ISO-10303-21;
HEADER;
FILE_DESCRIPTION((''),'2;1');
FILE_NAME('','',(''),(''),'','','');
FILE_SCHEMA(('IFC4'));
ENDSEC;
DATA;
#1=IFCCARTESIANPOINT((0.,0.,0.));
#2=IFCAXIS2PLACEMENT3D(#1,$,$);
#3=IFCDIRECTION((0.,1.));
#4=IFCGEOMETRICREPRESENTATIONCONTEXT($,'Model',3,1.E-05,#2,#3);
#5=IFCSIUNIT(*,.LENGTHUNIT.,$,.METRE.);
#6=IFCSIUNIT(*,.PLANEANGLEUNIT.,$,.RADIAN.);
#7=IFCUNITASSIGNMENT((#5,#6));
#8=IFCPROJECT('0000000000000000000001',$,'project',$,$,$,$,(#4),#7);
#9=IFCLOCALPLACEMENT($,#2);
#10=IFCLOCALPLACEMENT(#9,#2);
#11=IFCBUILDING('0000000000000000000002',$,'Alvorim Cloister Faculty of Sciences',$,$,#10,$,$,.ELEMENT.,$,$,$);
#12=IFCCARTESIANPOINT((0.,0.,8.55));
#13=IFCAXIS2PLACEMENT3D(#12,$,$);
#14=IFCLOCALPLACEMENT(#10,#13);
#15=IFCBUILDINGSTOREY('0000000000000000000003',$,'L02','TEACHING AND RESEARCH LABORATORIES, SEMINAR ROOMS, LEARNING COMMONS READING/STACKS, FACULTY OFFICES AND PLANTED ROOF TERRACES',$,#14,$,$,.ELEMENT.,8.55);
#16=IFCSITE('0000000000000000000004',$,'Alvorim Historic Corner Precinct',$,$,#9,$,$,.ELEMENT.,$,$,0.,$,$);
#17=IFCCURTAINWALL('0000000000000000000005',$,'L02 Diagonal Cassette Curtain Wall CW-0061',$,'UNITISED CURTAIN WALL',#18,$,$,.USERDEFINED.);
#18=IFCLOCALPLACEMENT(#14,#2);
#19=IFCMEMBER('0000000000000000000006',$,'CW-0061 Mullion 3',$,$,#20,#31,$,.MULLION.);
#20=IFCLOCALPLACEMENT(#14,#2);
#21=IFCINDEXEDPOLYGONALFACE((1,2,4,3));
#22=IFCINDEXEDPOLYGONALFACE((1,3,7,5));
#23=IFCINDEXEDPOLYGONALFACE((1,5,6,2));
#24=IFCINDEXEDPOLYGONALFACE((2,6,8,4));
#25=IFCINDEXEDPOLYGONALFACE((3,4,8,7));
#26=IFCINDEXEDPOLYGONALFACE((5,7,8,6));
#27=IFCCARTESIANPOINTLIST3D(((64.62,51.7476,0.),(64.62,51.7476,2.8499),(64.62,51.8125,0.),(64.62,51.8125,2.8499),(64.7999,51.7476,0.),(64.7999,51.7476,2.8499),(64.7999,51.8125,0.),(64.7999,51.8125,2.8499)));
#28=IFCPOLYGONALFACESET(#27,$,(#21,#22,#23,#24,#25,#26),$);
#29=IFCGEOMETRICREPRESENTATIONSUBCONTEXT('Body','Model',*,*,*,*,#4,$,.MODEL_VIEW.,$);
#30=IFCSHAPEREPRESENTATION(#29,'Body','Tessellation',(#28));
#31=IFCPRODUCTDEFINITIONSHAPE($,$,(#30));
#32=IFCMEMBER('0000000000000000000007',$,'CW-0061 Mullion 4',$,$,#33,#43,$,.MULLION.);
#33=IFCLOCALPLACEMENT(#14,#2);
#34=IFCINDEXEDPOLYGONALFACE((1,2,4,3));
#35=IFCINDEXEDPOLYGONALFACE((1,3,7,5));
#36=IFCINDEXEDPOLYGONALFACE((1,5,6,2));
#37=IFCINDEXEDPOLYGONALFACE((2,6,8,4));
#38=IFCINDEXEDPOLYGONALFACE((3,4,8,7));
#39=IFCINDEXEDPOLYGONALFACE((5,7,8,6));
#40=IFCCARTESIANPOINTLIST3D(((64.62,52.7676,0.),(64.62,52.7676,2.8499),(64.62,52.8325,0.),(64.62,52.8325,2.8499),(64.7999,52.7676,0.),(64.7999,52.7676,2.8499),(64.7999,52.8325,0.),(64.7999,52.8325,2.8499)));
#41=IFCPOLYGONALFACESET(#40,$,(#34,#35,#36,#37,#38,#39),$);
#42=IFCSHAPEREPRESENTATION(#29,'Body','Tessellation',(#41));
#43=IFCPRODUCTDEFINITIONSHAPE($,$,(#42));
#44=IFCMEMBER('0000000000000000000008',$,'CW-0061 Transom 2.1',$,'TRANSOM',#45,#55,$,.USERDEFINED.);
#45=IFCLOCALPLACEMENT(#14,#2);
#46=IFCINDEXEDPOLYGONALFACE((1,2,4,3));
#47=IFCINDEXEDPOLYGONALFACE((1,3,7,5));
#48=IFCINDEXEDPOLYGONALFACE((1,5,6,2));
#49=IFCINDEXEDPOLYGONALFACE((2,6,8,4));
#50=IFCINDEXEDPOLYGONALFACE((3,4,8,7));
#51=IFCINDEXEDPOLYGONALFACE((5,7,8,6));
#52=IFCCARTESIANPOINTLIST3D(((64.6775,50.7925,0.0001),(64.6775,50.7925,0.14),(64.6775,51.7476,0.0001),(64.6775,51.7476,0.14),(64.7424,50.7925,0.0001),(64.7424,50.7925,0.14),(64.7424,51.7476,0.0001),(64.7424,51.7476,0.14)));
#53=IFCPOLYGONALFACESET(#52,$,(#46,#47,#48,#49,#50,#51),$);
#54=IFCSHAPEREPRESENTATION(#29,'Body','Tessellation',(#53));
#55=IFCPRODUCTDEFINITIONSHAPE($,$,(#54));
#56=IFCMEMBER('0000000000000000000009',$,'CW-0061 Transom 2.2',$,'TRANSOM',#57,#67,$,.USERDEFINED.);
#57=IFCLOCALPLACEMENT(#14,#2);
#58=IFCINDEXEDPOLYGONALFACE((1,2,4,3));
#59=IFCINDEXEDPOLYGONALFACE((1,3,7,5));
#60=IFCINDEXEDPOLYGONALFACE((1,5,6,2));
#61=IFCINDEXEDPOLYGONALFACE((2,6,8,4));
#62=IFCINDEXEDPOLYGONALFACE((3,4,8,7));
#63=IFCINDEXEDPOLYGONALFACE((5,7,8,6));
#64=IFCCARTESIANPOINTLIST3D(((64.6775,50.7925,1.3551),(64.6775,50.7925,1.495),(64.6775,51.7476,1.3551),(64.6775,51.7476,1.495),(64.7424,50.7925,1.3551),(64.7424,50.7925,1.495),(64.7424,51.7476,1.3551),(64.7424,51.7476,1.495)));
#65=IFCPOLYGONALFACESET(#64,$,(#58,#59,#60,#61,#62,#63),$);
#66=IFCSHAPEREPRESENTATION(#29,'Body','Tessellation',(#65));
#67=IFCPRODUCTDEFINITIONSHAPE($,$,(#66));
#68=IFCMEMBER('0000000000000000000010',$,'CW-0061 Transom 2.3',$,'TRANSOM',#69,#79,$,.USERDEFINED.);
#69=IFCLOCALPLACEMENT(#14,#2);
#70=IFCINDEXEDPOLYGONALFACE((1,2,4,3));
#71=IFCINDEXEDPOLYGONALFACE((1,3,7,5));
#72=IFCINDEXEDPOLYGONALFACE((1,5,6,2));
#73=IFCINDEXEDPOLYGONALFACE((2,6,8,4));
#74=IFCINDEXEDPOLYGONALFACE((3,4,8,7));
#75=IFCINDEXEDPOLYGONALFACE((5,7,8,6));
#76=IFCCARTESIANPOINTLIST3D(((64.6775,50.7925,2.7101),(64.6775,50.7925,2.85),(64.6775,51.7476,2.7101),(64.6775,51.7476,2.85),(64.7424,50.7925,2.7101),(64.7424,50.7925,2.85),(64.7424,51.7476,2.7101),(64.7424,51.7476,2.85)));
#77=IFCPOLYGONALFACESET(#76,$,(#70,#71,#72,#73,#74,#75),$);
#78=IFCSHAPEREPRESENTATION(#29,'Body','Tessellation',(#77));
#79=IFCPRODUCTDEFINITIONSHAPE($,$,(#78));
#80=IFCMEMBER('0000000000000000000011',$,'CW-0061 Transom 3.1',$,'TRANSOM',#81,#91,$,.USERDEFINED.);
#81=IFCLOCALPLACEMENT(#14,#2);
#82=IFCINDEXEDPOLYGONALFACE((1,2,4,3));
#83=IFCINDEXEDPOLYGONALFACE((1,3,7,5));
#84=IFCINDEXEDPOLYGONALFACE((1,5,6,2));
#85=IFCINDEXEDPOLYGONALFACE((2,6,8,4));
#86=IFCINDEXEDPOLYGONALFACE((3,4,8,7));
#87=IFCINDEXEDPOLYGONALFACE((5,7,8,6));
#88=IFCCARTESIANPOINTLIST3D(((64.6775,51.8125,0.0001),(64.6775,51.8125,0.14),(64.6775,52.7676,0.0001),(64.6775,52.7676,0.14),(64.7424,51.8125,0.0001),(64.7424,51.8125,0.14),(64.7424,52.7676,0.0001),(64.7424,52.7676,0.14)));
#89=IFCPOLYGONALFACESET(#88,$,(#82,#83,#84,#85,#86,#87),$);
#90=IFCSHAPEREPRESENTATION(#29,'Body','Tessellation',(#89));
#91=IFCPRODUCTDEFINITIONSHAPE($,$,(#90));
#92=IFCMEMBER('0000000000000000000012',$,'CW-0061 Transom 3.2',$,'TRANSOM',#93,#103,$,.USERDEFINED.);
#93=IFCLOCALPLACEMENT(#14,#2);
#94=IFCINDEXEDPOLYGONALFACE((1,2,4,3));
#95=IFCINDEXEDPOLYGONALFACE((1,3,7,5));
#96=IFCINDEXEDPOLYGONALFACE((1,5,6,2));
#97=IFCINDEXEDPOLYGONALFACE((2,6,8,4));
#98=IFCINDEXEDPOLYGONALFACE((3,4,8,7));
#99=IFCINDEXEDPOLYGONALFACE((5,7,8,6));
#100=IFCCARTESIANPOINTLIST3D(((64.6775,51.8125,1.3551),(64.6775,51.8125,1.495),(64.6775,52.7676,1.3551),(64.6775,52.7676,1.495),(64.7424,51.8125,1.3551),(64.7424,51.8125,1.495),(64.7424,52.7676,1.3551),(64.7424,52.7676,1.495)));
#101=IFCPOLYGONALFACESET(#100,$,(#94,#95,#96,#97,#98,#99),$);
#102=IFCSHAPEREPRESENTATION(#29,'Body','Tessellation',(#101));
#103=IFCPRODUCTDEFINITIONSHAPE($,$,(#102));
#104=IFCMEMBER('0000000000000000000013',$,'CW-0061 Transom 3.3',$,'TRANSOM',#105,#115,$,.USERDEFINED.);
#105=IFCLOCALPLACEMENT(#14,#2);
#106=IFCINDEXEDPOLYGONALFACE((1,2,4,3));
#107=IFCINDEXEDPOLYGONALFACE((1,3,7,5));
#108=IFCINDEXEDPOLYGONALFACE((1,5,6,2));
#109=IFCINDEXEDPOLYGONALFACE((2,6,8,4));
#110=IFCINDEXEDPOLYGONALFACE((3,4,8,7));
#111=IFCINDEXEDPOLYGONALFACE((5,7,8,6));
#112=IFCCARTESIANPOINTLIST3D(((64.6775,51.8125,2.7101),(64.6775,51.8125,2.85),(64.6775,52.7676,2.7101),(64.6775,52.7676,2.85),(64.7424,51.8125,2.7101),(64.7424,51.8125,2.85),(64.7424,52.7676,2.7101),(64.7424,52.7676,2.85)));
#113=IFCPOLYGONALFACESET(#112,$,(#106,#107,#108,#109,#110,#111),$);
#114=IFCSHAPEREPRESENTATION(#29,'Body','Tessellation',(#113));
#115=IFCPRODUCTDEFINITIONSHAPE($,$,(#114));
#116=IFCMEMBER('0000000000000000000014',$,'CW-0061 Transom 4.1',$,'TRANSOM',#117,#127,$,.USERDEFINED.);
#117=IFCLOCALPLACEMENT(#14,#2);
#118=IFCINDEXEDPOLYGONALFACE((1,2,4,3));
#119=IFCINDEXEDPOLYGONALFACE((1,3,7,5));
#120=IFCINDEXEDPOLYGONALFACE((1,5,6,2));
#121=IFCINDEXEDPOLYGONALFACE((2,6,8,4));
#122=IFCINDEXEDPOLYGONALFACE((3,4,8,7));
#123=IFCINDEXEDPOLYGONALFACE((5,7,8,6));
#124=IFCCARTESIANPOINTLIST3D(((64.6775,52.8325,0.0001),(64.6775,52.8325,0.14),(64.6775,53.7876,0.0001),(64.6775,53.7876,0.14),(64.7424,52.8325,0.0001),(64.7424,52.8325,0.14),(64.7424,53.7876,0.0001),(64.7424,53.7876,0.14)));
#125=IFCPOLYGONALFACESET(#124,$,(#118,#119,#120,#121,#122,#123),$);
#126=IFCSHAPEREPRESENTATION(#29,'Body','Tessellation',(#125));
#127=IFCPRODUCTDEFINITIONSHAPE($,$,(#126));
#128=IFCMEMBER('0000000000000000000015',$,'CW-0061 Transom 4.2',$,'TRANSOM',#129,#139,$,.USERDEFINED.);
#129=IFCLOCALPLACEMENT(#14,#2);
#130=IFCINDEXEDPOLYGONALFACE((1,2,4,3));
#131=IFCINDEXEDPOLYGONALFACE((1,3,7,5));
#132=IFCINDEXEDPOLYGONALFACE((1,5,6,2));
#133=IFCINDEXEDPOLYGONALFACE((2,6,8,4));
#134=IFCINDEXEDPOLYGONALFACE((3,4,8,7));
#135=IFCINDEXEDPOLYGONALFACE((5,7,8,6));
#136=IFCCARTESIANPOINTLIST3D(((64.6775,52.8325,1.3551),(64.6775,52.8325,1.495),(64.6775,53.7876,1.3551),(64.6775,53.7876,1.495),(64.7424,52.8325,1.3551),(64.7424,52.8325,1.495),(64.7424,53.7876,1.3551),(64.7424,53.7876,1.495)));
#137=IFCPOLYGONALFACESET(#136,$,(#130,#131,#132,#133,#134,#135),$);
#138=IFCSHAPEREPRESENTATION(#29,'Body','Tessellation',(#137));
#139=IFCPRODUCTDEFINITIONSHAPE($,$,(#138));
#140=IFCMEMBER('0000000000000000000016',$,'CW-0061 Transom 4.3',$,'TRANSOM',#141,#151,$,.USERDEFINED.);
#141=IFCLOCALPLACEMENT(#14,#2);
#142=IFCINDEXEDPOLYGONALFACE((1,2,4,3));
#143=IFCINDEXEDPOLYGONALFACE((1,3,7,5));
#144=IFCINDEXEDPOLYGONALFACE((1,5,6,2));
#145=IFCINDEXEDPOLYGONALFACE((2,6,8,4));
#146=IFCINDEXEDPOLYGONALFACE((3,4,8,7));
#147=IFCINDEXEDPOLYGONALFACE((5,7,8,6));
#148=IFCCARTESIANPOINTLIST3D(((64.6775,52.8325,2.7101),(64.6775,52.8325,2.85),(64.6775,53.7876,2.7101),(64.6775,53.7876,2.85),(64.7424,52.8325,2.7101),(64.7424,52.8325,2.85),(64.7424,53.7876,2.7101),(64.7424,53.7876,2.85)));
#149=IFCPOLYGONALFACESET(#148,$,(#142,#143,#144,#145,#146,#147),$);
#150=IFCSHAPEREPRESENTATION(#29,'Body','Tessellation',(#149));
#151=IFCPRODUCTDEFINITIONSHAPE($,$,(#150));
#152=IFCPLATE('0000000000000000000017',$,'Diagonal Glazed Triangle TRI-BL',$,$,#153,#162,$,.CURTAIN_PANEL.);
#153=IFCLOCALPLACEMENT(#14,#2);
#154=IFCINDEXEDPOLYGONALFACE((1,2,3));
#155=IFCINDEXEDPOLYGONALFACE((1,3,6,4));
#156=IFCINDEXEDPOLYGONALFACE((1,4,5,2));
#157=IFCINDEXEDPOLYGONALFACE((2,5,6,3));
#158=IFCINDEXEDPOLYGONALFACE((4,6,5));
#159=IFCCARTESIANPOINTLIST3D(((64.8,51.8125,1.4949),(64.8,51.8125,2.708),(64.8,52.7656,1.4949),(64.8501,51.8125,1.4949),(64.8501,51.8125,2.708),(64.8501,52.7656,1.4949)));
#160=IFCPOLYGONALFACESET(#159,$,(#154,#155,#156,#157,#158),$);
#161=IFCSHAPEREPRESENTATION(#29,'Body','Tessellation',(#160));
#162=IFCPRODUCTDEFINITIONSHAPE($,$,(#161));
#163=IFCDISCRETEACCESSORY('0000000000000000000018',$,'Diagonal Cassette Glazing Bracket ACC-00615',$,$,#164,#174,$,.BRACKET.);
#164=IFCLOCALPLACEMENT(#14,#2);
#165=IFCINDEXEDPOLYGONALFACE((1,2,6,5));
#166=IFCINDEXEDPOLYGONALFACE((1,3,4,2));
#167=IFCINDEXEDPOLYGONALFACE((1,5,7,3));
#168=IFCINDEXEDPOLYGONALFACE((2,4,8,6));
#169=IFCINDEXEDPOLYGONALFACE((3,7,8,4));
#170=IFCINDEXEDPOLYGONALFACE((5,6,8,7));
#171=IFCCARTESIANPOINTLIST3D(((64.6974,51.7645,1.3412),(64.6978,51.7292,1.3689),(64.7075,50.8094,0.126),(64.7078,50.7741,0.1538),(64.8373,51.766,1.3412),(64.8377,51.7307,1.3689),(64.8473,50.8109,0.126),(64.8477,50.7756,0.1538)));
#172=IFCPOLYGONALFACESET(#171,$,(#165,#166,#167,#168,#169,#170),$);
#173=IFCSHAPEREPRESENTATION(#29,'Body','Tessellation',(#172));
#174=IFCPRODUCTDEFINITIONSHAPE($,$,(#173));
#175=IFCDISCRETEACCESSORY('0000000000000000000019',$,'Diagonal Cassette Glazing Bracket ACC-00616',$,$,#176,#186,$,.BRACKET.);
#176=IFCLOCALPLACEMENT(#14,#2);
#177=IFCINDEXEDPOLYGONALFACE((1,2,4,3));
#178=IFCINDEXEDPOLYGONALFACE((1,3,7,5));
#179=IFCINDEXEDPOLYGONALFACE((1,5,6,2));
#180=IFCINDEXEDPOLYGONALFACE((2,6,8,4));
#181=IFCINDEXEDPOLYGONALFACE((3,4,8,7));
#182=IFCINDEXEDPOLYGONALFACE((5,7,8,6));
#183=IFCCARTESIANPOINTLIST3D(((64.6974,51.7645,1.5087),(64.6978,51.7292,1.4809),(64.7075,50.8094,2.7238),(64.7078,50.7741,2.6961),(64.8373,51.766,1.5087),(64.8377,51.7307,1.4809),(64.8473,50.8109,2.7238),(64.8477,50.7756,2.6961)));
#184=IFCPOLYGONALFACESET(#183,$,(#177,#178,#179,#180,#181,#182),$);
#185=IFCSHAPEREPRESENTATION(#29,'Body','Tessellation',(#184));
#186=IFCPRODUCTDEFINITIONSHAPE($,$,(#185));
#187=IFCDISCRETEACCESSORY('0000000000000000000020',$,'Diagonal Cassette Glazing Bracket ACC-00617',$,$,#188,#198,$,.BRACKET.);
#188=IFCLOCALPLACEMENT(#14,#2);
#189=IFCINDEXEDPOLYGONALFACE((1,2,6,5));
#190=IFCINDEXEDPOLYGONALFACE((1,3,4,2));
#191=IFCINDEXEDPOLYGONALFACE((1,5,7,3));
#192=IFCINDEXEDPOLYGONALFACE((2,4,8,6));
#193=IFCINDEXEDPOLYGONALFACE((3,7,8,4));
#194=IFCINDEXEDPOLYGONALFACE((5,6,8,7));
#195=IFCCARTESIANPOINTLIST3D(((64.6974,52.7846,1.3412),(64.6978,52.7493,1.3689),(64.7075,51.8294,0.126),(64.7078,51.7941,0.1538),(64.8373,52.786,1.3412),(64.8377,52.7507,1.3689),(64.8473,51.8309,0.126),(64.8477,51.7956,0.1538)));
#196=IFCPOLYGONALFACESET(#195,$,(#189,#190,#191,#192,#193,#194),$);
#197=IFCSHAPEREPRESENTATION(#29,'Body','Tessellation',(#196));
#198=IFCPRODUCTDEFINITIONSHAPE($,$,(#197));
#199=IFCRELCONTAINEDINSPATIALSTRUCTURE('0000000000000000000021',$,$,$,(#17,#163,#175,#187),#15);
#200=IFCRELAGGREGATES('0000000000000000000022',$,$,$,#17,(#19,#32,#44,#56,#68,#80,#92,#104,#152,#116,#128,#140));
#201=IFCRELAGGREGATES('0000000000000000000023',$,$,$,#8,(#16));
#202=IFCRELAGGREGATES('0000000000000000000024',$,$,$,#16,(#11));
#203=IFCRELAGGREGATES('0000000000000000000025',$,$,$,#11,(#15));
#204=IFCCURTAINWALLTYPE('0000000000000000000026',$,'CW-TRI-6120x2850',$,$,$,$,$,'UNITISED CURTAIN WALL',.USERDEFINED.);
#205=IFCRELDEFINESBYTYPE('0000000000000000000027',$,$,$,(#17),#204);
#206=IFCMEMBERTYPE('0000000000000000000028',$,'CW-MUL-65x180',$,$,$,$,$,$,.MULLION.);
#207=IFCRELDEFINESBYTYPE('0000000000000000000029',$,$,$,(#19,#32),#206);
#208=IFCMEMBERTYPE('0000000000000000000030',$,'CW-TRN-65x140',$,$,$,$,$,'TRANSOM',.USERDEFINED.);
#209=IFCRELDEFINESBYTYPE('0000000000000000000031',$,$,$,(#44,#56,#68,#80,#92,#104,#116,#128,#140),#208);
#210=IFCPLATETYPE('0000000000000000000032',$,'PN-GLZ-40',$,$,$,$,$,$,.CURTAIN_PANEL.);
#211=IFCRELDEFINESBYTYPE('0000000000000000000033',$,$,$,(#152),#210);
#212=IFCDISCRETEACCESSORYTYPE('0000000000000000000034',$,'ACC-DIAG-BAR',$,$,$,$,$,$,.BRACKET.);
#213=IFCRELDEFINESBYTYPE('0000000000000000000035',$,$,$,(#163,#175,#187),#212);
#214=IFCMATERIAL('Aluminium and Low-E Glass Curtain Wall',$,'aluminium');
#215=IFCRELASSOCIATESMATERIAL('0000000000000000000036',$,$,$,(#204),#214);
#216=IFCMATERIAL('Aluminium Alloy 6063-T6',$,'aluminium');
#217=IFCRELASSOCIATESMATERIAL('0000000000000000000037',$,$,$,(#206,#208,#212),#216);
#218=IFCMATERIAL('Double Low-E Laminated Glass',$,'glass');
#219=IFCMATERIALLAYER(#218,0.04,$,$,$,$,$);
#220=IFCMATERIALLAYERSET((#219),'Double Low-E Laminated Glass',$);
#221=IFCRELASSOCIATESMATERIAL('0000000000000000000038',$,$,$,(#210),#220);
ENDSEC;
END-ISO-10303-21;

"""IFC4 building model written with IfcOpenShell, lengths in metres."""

from ifc_helpers import new_model, si_unit, direction, frame, origin, origin_2d, place, context, subcontext, project, spatial, polyline, rectangle, outline, extrude, material, layer, layer_set, material_profile, profile_set, type_object, element, aggregate, save


model = new_model("IFC4")

# Units and contexts
model_context = context("Model", 3, precision=1e-05, world=origin(), true_north=direction((0.0, 1.0)))
body_context = subcontext(model_context, "Body", "Model", "MODEL_VIEW")
ifc_project = project(units=[si_unit("LENGTHUNIT", "METRE"), si_unit("PLANEANGLEUNIT", "RADIAN")], contexts=[model_context])

# Site, building, storey
site_placement = place(None, origin())
site = spatial("IfcSite", under=ifc_project, at=site_placement, Name="Alvorim Historic Corner Precinct", CompositionType="ELEMENT", RefElevation=0.0)
building_placement = place(site_placement, origin())
building = spatial("IfcBuilding", under=site, at=building_placement, Name="Alvorim Cloister Faculty of Sciences", CompositionType="ELEMENT")
storey_placement = place(building_placement, frame((0.0, 0.0, 8.55)))
storey = spatial("IfcBuildingStorey", under=building, at=storey_placement, Name="L02", Description="TEACHING AND RESEARCH LABORATORIES, SEMINAR ROOMS, LEARNING COMMONS READING/STACKS, FACULTY OFFICES AND PLANTED ROOF TERRACES", CompositionType="ELEMENT", Elevation=8.55)

# Curtain wall, members, plate
ifc_material_1 = material(Name="Aluminium and Low-E Glass Curtain Wall", Category="aluminium")
curtain_wall_type = type_object("IfcCurtainWallType", Name="CW-TRI-6120x2850", ElementType="UNITISED CURTAIN WALL", PredefinedType="USERDEFINED", material=ifc_material_1)
curtain_wall_placement = place(storey_placement, origin())
curtain_wall = element("IfcCurtainWall", 1, at=curtain_wall_placement, inside=storey, type_object=curtain_wall_type, Name="L02 Diagonal Cassette Curtain Wall CW-0061", ObjectType="UNITISED CURTAIN WALL", PredefinedType="USERDEFINED")
ifc_material_2 = material(Name="Aluminium Alloy 6063-T6", Category="aluminium")
ifc_material_profile_1 = material_profile(ifc_material_2, rectangle(XDim=0.0649, YDim=0.1799, at=origin_2d()), Name="ALU-MUL-65x180")
ifc_profile_set_1 = profile_set([ifc_material_profile_1], Name="Aluminium Alloy 6063-T6")
member_type_1 = type_object("IfcMemberType", Name="CW-MUL-65x180", PredefinedType="MULLION", material=ifc_profile_set_1)
member_1_placement = place(storey_placement, frame((64.71, 51.78, 0.0), z_axis=(0.0, 0.0, 1.0), x_axis=(0.0, 1.0, 0.0)))
member_1 = element("IfcMember", 2, at=member_1_placement, type_object=member_type_1, Name="CW-0061 Mullion 3", PredefinedType="MULLION", context=body_context, shape_type="SweptSolid", body=[
    extrude(rectangle(XDim=0.0649, YDim=0.1799, at=origin_2d()), origin(), (0.0, 0.0, 1.0), 2.8499),
])
member_2_placement = place(storey_placement, frame((64.71, 52.8, 0.0), z_axis=(0.0, 0.0, 1.0), x_axis=(0.0, 1.0, 0.0)))
member_2 = element("IfcMember", 3, at=member_2_placement, type_object=member_type_1, Name="CW-0061 Mullion 4", PredefinedType="MULLION", context=body_context, shape_type="SweptSolid", body=[
    extrude(rectangle(XDim=0.0649, YDim=0.1799, at=origin_2d()), origin(), (0.0, 0.0, 1.0), 2.8499),
])
ifc_material_profile_2 = material_profile(ifc_material_2, rectangle(XDim=0.0649, YDim=0.1399, at=origin_2d()), Name="ALU-TRN-65x140")
ifc_profile_set_2 = profile_set([ifc_material_profile_2], Name="Aluminium Alloy 6063-T6")
member_type_2 = type_object("IfcMemberType", Name="CW-TRN-65x140", ElementType="TRANSOM", PredefinedType="USERDEFINED", material=ifc_profile_set_2)
member_3_placement = place(storey_placement, frame((64.71, 50.7925, 0.0701), z_axis=(0.0, 1.0, 0.0), x_axis=(-1.0, 0.0, 0.0)))
member_3 = element("IfcMember", 4, at=member_3_placement, type_object=member_type_2, Name="CW-0061 Transom 2.1", ObjectType="TRANSOM", PredefinedType="USERDEFINED", context=body_context, shape_type="SweptSolid", body=[
    extrude(rectangle(XDim=0.0649, YDim=0.1399, at=origin_2d()), origin(), (0.0, 0.0, 1.0), 0.9551),
])
member_4_placement = place(storey_placement, frame((64.71, 50.7925, 1.425), z_axis=(0.0, 1.0, 0.0), x_axis=(-1.0, 0.0, 0.0)))
member_4 = element("IfcMember", 5, at=member_4_placement, type_object=member_type_2, Name="CW-0061 Transom 2.2", ObjectType="TRANSOM", PredefinedType="USERDEFINED", context=body_context, shape_type="SweptSolid", body=[
    extrude(rectangle(XDim=0.0649, YDim=0.1399, at=origin_2d()), origin(), (0.0, 0.0, 1.0), 0.9551),
])
member_5_placement = place(storey_placement, frame((64.71, 50.7925, 2.78), z_axis=(0.0, 1.0, 0.0), x_axis=(-1.0, 0.0, 0.0)))
member_5 = element("IfcMember", 6, at=member_5_placement, type_object=member_type_2, Name="CW-0061 Transom 2.3", ObjectType="TRANSOM", PredefinedType="USERDEFINED", context=body_context, shape_type="SweptSolid", body=[
    extrude(rectangle(XDim=0.0649, YDim=0.1399, at=origin_2d()), origin(), (0.0, 0.0, 1.0), 0.9551),
])
member_6_placement = place(storey_placement, frame((64.71, 51.8125, 0.0701), z_axis=(0.0, 1.0, 0.0), x_axis=(-1.0, 0.0, 0.0)))
member_6 = element("IfcMember", 7, at=member_6_placement, type_object=member_type_2, Name="CW-0061 Transom 3.1", ObjectType="TRANSOM", PredefinedType="USERDEFINED", context=body_context, shape_type="SweptSolid", body=[
    extrude(rectangle(XDim=0.0649, YDim=0.1399, at=origin_2d()), origin(), (0.0, 0.0, 1.0), 0.9551),
])
member_7_placement = place(storey_placement, frame((64.71, 51.8125, 1.425), z_axis=(0.0, 1.0, 0.0), x_axis=(-1.0, 0.0, 0.0)))
member_7 = element("IfcMember", 8, at=member_7_placement, type_object=member_type_2, Name="CW-0061 Transom 3.2", ObjectType="TRANSOM", PredefinedType="USERDEFINED", context=body_context, shape_type="SweptSolid", body=[
    extrude(rectangle(XDim=0.0649, YDim=0.1399, at=origin_2d()), origin(), (0.0, 0.0, 1.0), 0.9551),
])
member_8_placement = place(storey_placement, frame((64.71, 51.8125, 2.78), z_axis=(0.0, 1.0, 0.0), x_axis=(-1.0, 0.0, 0.0)))
member_8 = element("IfcMember", 9, at=member_8_placement, type_object=member_type_2, Name="CW-0061 Transom 3.3", ObjectType="TRANSOM", PredefinedType="USERDEFINED", context=body_context, shape_type="SweptSolid", body=[
    extrude(rectangle(XDim=0.0649, YDim=0.1399, at=origin_2d()), origin(), (0.0, 0.0, 1.0), 0.9551),
])
member_9_placement = place(storey_placement, frame((64.71, 52.8325, 0.0701), z_axis=(0.0, 1.0, 0.0), x_axis=(-1.0, 0.0, 0.0)))
member_9 = element("IfcMember", 10, at=member_9_placement, type_object=member_type_2, Name="CW-0061 Transom 4.1", ObjectType="TRANSOM", PredefinedType="USERDEFINED", context=body_context, shape_type="SweptSolid", body=[
    extrude(rectangle(XDim=0.0649, YDim=0.1399, at=origin_2d()), origin(), (0.0, 0.0, 1.0), 0.9551),
])
member_10_placement = place(storey_placement, frame((64.71, 52.8325, 1.425), z_axis=(0.0, 1.0, 0.0), x_axis=(-1.0, 0.0, 0.0)))
member_10 = element("IfcMember", 11, at=member_10_placement, type_object=member_type_2, Name="CW-0061 Transom 4.2", ObjectType="TRANSOM", PredefinedType="USERDEFINED", context=body_context, shape_type="SweptSolid", body=[
    extrude(rectangle(XDim=0.0649, YDim=0.1399, at=origin_2d()), origin(), (0.0, 0.0, 1.0), 0.9551),
])
member_11_placement = place(storey_placement, frame((64.71, 52.8325, 2.78), z_axis=(0.0, 1.0, 0.0), x_axis=(-1.0, 0.0, 0.0)))
member_11 = element("IfcMember", 12, at=member_11_placement, type_object=member_type_2, Name="CW-0061 Transom 4.3", ObjectType="TRANSOM", PredefinedType="USERDEFINED", context=body_context, shape_type="SweptSolid", body=[
    extrude(rectangle(XDim=0.0649, YDim=0.1399, at=origin_2d()), origin(), (0.0, 0.0, 1.0), 0.9551),
])
ifc_material_3 = material(Name="Double Low-E Laminated Glass", Category="glass")
ifc_layer = layer(ifc_material_3, 0.04)
ifc_layer_set = layer_set([ifc_layer], Name="Double Low-E Laminated Glass")
plate_type = type_object("IfcPlateType", Name="PN-GLZ-40", PredefinedType="CURTAIN_PANEL", material=ifc_layer_set)
plate_1_placement = place(storey_placement, frame((64.825, 51.8125, 1.4949), z_axis=(0.0, 0.0, 1.0), x_axis=(0.0, 1.0, 0.0)))
plate_1 = element("IfcPlate", 13, at=plate_1_placement, type_object=plate_type, Name="Diagonal Glazed Triangle TRI-BL", PredefinedType="CURTAIN_PANEL", context=body_context, shape_type="SweptSolid", body=[
    extrude(outline(polyline([(0.0, 0.0), (0.9531, 0.0), (0.0, 1.2131), (0.0, 0.0)])), frame((0.0, 0.0249, 0.0), z_axis=(0.0, -1.0, 0.0), x_axis=(1.0, 0.0, 0.0)), (0.0, 0.0, 1.0), 0.05),
])
aggregate(curtain_wall, [member_1, member_2, member_3, member_4, member_5, member_6, member_7, member_8, plate_1, member_9, member_10, member_11])

# Discrete accessories
discrete_accessory_type = type_object("IfcDiscreteAccessoryType", Name="ACC-DIAG-BAR", PredefinedType="BRACKET", material=ifc_material_2)
for number, where, z_axis, x_axis, name in (
    (14, (64.7776, 50.7925, 0.1399), (-0.006477, 0.617955, 0.786187), (-0.999945, -0.01048, 0.0), "Diagonal Cassette Glazing Bracket ACC-00615"),
    (15, (64.7776, 50.7925, 2.71), (-0.006477, 0.617955, -0.786187), (-0.999945, -0.01048, 0.0), "Diagonal Cassette Glazing Bracket ACC-00616"),
    (16, (64.7776, 51.8125, 0.1399), (-0.006477, 0.617955, 0.786187), (-0.999945, -0.01048, 0.0), "Diagonal Cassette Glazing Bracket ACC-00617"),
):
    element("IfcDiscreteAccessory", number, at=place(storey_placement, frame(where, z_axis=z_axis, x_axis=x_axis)), inside=storey, type_object=discrete_accessory_type, Name=name, PredefinedType="BRACKET", context=body_context, shape_type="SweptSolid", body=[
        extrude(rectangle(XDim=0.1399, YDim=0.0449, at=origin_2d()), origin(), (0.0, 0.0, 1.0), 1.5457),
    ])

save(model, "model.ifc")
